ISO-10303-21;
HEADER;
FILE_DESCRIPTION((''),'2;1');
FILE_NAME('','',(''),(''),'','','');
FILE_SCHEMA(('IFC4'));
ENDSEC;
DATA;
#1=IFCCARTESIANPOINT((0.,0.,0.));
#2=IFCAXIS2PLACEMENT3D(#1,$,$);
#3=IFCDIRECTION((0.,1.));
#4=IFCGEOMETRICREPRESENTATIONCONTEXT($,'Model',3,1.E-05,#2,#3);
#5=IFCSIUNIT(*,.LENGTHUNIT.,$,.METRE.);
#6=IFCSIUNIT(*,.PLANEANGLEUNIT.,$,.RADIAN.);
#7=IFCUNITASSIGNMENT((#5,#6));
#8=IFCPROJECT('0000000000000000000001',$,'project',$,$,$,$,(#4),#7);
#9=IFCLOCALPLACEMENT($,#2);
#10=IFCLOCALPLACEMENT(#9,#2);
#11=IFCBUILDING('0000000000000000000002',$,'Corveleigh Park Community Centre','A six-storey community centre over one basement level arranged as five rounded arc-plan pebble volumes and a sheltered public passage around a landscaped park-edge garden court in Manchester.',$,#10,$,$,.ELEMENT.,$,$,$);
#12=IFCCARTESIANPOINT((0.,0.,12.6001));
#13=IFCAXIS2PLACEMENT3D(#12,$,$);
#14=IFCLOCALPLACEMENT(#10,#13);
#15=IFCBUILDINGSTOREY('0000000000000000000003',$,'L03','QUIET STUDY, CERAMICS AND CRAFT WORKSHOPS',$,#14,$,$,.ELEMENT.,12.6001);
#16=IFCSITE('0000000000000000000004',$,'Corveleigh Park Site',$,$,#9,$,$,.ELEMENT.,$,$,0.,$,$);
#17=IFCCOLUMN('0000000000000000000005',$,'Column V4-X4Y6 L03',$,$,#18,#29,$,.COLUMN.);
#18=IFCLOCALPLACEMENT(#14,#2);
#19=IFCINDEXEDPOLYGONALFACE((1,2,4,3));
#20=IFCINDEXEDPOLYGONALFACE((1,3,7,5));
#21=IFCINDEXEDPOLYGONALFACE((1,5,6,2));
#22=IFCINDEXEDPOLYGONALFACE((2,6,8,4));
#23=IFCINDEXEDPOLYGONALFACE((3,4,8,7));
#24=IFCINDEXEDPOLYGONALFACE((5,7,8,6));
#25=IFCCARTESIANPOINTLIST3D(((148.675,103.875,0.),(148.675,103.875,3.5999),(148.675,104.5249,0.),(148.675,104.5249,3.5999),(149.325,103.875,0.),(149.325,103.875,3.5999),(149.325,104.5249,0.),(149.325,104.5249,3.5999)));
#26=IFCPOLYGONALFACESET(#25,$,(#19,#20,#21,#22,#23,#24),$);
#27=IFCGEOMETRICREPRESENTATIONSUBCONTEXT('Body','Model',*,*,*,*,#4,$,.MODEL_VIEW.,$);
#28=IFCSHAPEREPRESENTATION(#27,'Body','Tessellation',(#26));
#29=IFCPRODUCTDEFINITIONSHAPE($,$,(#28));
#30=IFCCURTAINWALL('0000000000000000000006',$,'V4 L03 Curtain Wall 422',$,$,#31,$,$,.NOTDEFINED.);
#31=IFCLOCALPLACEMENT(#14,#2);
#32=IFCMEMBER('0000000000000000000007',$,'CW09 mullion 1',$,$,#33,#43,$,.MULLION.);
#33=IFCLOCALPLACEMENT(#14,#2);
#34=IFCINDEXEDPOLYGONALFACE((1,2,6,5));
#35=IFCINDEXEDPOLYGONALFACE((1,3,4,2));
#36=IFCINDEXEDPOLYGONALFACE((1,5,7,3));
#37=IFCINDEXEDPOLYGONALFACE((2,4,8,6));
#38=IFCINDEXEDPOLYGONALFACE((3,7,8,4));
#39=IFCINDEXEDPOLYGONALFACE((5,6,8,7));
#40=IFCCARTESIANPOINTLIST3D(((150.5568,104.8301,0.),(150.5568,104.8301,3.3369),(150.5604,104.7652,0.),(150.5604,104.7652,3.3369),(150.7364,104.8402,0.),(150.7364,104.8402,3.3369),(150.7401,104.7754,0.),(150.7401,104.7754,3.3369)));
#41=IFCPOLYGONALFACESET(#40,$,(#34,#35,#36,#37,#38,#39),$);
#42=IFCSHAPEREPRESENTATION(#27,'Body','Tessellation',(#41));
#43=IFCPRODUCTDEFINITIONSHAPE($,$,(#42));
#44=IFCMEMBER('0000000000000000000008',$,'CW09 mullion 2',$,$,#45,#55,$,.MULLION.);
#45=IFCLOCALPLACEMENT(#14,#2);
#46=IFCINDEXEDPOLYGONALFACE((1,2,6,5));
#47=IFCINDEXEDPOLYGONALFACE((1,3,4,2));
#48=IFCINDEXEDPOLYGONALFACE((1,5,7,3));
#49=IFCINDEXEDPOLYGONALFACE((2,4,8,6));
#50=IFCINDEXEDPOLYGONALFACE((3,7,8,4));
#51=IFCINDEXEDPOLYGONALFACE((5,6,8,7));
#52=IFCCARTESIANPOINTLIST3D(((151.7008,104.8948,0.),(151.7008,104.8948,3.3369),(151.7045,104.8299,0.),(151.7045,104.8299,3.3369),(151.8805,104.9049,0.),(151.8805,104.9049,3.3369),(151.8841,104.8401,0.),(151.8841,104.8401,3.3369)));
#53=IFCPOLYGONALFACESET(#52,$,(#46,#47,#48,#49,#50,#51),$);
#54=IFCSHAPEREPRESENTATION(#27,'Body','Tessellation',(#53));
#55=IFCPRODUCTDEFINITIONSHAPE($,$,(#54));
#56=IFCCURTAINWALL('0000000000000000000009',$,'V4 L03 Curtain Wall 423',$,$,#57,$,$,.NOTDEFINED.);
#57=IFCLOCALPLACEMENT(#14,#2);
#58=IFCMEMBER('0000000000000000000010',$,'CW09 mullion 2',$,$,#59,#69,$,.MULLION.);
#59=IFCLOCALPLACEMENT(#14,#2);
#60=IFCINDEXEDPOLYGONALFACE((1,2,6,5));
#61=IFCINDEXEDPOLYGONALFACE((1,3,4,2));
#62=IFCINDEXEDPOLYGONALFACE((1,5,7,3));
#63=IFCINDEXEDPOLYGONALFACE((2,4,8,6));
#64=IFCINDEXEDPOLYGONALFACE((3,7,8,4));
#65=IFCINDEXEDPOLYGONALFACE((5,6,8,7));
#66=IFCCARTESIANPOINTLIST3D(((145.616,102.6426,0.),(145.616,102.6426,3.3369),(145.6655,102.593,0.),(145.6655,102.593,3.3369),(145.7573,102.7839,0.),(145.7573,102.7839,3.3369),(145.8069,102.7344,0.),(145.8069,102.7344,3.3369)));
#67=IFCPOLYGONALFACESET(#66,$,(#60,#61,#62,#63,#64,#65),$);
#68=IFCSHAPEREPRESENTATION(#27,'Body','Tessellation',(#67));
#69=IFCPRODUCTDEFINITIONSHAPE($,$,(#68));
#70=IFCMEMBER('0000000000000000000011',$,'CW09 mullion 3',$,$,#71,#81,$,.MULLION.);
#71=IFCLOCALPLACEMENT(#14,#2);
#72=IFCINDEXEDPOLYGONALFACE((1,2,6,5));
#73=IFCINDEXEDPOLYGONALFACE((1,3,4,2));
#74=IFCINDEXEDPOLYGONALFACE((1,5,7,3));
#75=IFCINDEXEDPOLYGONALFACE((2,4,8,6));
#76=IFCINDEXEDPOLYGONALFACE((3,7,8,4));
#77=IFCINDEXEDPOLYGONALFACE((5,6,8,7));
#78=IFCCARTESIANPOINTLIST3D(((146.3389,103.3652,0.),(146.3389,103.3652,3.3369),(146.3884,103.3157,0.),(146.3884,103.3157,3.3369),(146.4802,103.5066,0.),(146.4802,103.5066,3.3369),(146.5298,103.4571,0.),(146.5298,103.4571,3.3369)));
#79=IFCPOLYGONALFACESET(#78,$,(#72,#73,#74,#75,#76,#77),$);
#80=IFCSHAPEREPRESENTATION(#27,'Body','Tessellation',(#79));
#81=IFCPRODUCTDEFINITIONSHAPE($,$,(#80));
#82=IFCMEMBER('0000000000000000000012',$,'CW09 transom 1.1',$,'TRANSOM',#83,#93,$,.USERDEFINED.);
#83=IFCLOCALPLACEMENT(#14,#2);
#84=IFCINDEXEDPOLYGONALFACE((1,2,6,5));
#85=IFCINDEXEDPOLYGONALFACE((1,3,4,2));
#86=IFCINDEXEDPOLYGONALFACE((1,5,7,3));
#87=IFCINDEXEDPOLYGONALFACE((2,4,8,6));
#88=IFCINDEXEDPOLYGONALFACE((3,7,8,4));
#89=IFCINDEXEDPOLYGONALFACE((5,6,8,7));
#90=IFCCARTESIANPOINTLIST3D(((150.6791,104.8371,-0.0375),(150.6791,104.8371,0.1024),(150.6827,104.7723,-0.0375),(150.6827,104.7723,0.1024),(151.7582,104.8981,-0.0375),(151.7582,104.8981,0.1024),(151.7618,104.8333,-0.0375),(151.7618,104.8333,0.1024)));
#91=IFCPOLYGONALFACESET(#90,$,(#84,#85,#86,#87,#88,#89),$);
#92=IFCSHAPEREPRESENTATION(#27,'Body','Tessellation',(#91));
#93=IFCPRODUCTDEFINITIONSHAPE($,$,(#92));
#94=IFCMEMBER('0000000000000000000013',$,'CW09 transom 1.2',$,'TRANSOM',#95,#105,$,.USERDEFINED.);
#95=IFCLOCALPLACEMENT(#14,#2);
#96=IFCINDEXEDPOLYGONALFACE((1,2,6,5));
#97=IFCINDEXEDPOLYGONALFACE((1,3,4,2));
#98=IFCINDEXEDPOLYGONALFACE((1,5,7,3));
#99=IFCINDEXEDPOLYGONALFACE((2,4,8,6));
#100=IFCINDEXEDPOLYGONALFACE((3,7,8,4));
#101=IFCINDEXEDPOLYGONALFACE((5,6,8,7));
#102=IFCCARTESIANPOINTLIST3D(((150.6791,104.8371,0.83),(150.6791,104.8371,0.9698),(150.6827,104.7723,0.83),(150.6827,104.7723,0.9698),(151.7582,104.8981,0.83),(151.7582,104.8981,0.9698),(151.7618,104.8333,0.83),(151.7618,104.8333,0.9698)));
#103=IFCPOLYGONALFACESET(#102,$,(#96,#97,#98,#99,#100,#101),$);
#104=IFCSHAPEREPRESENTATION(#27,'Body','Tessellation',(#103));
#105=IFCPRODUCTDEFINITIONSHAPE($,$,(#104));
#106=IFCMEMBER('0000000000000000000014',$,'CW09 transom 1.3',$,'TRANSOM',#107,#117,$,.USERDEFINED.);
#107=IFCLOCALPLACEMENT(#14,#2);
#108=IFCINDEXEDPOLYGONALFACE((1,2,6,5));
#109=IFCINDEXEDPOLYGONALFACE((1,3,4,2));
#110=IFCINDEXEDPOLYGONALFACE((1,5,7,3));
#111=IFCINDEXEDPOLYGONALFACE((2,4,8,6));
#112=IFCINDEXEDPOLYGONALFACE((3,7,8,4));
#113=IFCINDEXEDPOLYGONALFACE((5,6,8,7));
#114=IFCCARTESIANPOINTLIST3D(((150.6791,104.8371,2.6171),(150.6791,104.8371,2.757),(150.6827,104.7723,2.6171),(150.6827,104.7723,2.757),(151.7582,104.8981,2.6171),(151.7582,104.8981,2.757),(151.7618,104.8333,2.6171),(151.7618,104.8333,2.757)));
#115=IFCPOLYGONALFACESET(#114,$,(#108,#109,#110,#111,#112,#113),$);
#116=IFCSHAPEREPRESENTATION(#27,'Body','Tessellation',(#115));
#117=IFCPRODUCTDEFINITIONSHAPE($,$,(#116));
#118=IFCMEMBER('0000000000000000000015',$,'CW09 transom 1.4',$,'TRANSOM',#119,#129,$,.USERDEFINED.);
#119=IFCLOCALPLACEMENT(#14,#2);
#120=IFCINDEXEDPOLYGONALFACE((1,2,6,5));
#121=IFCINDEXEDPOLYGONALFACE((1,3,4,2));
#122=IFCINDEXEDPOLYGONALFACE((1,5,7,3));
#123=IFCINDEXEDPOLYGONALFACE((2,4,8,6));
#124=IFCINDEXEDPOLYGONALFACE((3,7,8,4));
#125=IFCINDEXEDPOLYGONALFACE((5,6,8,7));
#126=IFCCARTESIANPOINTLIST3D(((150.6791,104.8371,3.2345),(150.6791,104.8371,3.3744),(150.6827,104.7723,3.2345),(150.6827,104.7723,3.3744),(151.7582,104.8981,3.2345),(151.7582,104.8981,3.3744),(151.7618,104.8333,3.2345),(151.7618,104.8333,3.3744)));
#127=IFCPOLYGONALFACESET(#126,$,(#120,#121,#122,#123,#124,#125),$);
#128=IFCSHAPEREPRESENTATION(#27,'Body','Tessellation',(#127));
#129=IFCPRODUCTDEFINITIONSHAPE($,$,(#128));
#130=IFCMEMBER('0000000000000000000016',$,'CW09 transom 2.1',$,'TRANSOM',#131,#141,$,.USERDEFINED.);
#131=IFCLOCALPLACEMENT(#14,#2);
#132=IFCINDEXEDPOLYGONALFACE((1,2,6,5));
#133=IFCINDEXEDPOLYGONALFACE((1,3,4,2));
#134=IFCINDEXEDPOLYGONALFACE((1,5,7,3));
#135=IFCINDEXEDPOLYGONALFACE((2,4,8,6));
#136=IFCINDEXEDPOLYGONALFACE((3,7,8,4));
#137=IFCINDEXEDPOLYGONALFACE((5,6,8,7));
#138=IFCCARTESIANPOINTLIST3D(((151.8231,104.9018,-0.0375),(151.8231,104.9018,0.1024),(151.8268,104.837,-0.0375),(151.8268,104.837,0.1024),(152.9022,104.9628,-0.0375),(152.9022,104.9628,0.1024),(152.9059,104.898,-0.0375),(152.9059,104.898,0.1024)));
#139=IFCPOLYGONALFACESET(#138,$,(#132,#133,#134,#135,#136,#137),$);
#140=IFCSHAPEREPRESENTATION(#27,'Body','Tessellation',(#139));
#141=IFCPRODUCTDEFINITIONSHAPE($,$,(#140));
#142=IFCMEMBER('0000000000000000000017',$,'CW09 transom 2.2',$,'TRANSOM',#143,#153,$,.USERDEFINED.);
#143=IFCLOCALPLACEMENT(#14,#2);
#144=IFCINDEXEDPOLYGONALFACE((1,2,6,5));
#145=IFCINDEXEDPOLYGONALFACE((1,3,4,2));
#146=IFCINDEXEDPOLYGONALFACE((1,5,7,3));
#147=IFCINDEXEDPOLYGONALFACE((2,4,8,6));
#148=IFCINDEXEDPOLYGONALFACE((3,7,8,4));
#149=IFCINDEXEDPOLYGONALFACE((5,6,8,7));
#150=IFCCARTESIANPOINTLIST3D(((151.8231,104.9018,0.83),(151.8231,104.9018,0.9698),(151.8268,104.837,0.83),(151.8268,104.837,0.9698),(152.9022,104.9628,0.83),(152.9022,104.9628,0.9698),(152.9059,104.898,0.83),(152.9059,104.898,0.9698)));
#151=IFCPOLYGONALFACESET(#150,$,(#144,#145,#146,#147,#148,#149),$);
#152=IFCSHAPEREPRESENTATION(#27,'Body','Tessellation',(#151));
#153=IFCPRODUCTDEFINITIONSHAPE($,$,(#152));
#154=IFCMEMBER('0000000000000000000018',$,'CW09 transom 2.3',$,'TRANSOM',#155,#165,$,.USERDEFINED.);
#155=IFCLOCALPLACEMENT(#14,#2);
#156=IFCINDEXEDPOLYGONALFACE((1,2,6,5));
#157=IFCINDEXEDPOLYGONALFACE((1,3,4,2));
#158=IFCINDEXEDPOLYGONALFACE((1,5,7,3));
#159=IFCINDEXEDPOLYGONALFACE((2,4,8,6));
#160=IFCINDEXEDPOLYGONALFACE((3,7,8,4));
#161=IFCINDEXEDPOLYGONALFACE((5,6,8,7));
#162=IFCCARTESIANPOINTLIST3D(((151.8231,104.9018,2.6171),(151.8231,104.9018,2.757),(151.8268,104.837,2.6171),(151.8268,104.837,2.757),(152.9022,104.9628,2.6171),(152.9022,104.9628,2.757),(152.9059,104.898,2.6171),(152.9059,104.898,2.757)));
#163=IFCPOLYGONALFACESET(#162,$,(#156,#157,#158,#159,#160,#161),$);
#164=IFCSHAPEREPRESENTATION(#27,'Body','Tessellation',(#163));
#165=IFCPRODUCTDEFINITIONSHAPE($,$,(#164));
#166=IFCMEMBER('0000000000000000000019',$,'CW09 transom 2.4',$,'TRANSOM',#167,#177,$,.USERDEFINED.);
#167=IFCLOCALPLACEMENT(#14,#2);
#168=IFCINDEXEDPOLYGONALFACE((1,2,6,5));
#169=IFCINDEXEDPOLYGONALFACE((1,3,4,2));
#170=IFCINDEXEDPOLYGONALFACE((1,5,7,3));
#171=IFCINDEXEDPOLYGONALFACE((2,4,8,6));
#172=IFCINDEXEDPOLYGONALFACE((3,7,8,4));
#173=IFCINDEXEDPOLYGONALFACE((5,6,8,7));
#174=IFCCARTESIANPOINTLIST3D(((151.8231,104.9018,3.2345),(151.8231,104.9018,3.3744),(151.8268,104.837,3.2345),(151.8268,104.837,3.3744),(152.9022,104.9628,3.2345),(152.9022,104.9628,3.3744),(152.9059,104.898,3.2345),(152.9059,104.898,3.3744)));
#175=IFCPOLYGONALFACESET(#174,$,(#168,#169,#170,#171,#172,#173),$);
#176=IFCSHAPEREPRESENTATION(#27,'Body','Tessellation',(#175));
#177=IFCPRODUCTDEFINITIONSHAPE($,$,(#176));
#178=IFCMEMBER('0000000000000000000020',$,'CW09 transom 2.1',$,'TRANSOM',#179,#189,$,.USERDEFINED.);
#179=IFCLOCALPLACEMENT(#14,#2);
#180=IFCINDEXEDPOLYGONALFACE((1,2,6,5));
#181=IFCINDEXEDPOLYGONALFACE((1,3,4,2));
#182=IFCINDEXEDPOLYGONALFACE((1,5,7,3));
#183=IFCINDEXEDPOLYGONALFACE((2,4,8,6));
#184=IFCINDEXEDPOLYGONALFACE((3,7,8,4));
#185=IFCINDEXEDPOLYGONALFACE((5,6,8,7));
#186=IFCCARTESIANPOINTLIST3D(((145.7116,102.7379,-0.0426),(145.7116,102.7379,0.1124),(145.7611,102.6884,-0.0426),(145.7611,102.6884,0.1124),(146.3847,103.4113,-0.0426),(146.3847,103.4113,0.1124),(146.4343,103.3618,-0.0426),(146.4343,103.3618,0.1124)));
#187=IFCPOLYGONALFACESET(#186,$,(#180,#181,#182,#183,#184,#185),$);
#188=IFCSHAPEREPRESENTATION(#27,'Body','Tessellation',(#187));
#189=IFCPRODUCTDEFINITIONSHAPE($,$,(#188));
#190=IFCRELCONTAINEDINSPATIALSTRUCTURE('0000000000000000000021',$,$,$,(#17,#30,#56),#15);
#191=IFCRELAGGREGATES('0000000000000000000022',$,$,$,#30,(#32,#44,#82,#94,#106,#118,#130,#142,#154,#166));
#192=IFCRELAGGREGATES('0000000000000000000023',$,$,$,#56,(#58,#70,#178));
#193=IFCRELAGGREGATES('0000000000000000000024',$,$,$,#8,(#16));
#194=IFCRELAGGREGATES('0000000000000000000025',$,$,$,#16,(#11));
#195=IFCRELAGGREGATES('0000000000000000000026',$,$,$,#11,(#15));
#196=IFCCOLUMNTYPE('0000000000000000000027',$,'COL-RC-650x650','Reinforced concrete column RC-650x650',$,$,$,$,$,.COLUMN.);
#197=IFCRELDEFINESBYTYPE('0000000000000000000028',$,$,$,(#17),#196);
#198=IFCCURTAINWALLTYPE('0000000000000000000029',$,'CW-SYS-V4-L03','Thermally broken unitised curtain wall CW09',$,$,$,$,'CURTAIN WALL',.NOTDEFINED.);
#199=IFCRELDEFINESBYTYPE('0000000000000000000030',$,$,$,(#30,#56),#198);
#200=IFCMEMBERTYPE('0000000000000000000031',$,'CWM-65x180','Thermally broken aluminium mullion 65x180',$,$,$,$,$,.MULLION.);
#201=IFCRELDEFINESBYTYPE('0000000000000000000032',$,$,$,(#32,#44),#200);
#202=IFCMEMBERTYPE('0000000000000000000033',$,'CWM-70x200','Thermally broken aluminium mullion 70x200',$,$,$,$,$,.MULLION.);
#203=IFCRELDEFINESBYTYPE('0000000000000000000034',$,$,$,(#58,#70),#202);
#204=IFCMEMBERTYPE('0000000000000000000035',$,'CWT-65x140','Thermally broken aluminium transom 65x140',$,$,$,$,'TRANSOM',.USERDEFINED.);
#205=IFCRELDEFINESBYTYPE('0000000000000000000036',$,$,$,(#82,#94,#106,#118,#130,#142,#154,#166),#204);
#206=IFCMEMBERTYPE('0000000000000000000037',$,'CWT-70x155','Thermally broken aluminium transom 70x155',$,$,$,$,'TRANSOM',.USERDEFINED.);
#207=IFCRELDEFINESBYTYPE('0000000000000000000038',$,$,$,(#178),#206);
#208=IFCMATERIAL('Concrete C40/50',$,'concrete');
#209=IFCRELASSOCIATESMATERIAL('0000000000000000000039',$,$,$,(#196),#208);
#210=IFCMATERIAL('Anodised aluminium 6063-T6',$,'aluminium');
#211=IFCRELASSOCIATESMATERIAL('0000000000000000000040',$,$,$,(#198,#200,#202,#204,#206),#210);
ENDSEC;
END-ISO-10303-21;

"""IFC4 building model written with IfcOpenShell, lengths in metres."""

from ifc_helpers import new_model, si_unit, direction, frame, origin, origin_2d, place, context, subcontext, project, spatial, rectangle, extrude, material, material_profile, profile_set, type_object, element, aggregate, save


model = new_model("IFC4")

# Units and contexts
model_context = context("Model", 3, precision=1e-05, world=origin(), true_north=direction((0.0, 1.0)))
body_context = subcontext(model_context, "Body", "Model", "MODEL_VIEW")
ifc_project = project(units=[si_unit("LENGTHUNIT", "METRE"), si_unit("PLANEANGLEUNIT", "RADIAN")], contexts=[model_context])

# Site, building, storey
site_placement = place(None, origin())
site = spatial("IfcSite", under=ifc_project, at=site_placement, Name="Corveleigh Park Site", CompositionType="ELEMENT", RefElevation=0.0)
building_placement = place(site_placement, origin())
building = spatial("IfcBuilding", under=site, at=building_placement, Name="Corveleigh Park Community Centre", Description="A six-storey community centre over one basement level arranged as five rounded arc-plan pebble volumes and a sheltered public passage around a landscaped park-edge garden court in Manchester.", CompositionType="ELEMENT")
storey_placement = place(building_placement, frame((0.0, 0.0, 12.6001)))
storey = spatial("IfcBuildingStorey", under=building, at=storey_placement, Name="L03", Description="QUIET STUDY, CERAMICS AND CRAFT WORKSHOPS", CompositionType="ELEMENT", Elevation=12.6001)

# Column
ifc_material_1 = material(Name="Concrete C40/50", Category="concrete")
ifc_material_profile_1 = material_profile(ifc_material_1, rectangle(XDim=0.6499, YDim=0.6499, at=origin_2d()), Name="RC-650x650", Category="concrete")
ifc_profile_set_1 = profile_set([ifc_material_profile_1], Name="Concrete C40/50")
column_type = type_object("IfcColumnType", Name="COL-RC-650x650", Description="Reinforced concrete column RC-650x650", PredefinedType="COLUMN", material=ifc_profile_set_1)
column_placement = place(storey_placement, frame((149.0, 104.2, 0.0), z_axis=(0.0, 0.0, 1.0), x_axis=(1.0, 0.0, 0.0)))
element("IfcColumn", 1, at=column_placement, inside=storey, type_object=column_type, Name="Column V4-X4Y6 L03", PredefinedType="COLUMN", context=body_context, shape_type="SweptSolid", body=[
    extrude(rectangle(XDim=0.6499, YDim=0.6499, at=origin_2d()), origin(), (0.0, 0.0, 1.0), 3.5999),
])

# Curtain walls, members
ifc_material_2 = material(Name="Anodised aluminium 6063-T6", Category="aluminium")
curtain_wall_type = type_object("IfcCurtainWallType", Name="CW-SYS-V4-L03", Description="Thermally broken unitised curtain wall CW09", ElementType="CURTAIN WALL", PredefinedType="NOTDEFINED", material=ifc_material_2)
curtain_wall_1_placement = place(storey_placement, origin())
curtain_wall_1 = element("IfcCurtainWall", 2, at=curtain_wall_1_placement, inside=storey, type_object=curtain_wall_type, Name="V4 L03 Curtain Wall 422", PredefinedType="NOTDEFINED")
ifc_material_profile_2 = material_profile(ifc_material_2, rectangle(XDim=0.0649, YDim=0.1799, at=origin_2d()), Name="ALU-M65x180", Category="aluminium")
ifc_profile_set_2 = profile_set([ifc_material_profile_2], Name="Anodised aluminium 6063-T6")
member_type_1 = type_object("IfcMemberType", Name="CWM-65x180", Description="Thermally broken aluminium mullion 65x180", PredefinedType="MULLION", material=ifc_profile_set_2)
member_1_placement = place(storey_placement, frame((150.6484, 104.8027, 0.0), z_axis=(0.0, 0.0, 1.0), x_axis=(-0.056434, 0.998406, 0.0)))
member_1 = element("IfcMember", 3, at=member_1_placement, type_object=member_type_1, Name="CW09 mullion 1", PredefinedType="MULLION", context=body_context, shape_type="SweptSolid", body=[
    extrude(rectangle(XDim=0.0649, YDim=0.1799, at=origin_2d()), origin(), (0.0, 0.0, 1.0), 3.3369),
])
member_2_placement = place(storey_placement, frame((151.7925, 104.8674, 0.0), z_axis=(0.0, 0.0, 1.0), x_axis=(-0.056434, 0.998406, 0.0)))
member_2 = element("IfcMember", 4, at=member_2_placement, type_object=member_type_1, Name="CW09 mullion 2", PredefinedType="MULLION", context=body_context, shape_type="SweptSolid", body=[
    extrude(rectangle(XDim=0.0649, YDim=0.1799, at=origin_2d()), origin(), (0.0, 0.0, 1.0), 3.3369),
])
curtain_wall_2_placement = place(storey_placement, origin())
curtain_wall_2 = element("IfcCurtainWall", 5, at=curtain_wall_2_placement, inside=storey, type_object=curtain_wall_type, Name="V4 L03 Curtain Wall 423", PredefinedType="NOTDEFINED")
ifc_material_profile_3 = material_profile(ifc_material_2, rectangle(XDim=0.0701, YDim=0.2, at=origin_2d()), Name="ALU-M70x200", Category="aluminium")
ifc_profile_set_3 = profile_set([ifc_material_profile_3], Name="Anodised aluminium 6063-T6")
member_type_2 = type_object("IfcMemberType", Name="CWM-70x200", Description="Thermally broken aluminium mullion 70x200", PredefinedType="MULLION", material=ifc_profile_set_3)
member_3_placement = place(storey_placement, frame((145.7114, 102.6885, 0.0), z_axis=(0.0, 0.0, 1.0), x_axis=(-0.707107, 0.707107, 0.0)))
member_3 = element("IfcMember", 6, at=member_3_placement, type_object=member_type_2, Name="CW09 mullion 2", PredefinedType="MULLION", context=body_context, shape_type="SweptSolid", body=[
    extrude(rectangle(XDim=0.0701, YDim=0.2, at=origin_2d()), origin(), (0.0, 0.0, 1.0), 3.3369),
])
member_4_placement = place(storey_placement, frame((146.4343, 103.4111, 0.0), z_axis=(0.0, 0.0, 1.0), x_axis=(-0.707107, 0.707107, 0.0)))
member_4 = element("IfcMember", 7, at=member_4_placement, type_object=member_type_2, Name="CW09 mullion 3", PredefinedType="MULLION", context=body_context, shape_type="SweptSolid", body=[
    extrude(rectangle(XDim=0.0701, YDim=0.2, at=origin_2d()), origin(), (0.0, 0.0, 1.0), 3.3369),
])

# Members
ifc_material_profile_4 = material_profile(ifc_material_2, rectangle(XDim=0.0649, YDim=0.1399, at=origin_2d()), Name="ALU-T65x140", Category="aluminium")
ifc_profile_set_4 = profile_set([ifc_material_profile_4], Name="Anodised aluminium 6063-T6")
member_type_3 = type_object("IfcMemberType", Name="CWT-65x140", Description="Thermally broken aluminium transom 65x140", ElementType="TRANSOM", PredefinedType="USERDEFINED", material=ifc_profile_set_4)
member_5_placement = place(storey_placement, frame((150.6809, 104.8047, 0.0325), z_axis=(0.998404, 0.056471, 0.0), x_axis=(-0.056471, 0.998404, 0.0)))
member_5 = element("IfcMember", 8, at=member_5_placement, type_object=member_type_3, Name="CW09 transom 1.1", ObjectType="TRANSOM", PredefinedType="USERDEFINED", context=body_context, shape_type="SweptSolid", body=[
    extrude(rectangle(XDim=0.0649, YDim=0.1399, at=origin_2d()), origin(), (0.0, 0.0, 1.0), 1.0808),
])
member_6_placement = place(storey_placement, frame((150.6809, 104.8047, 0.8999), z_axis=(0.998404, 0.056471, 0.0), x_axis=(-0.056471, 0.998404, 0.0)))
member_6 = element("IfcMember", 9, at=member_6_placement, type_object=member_type_3, Name="CW09 transom 1.2", ObjectType="TRANSOM", PredefinedType="USERDEFINED", context=body_context, shape_type="SweptSolid", body=[
    extrude(rectangle(XDim=0.0649, YDim=0.1399, at=origin_2d()), origin(), (0.0, 0.0, 1.0), 1.0808),
])
member_7_placement = place(storey_placement, frame((150.6809, 104.8047, 2.687), z_axis=(0.998404, 0.056471, 0.0), x_axis=(-0.056471, 0.998404, 0.0)))
member_7 = element("IfcMember", 10, at=member_7_placement, type_object=member_type_3, Name="CW09 transom 1.3", ObjectType="TRANSOM", PredefinedType="USERDEFINED", context=body_context, shape_type="SweptSolid", body=[
    extrude(rectangle(XDim=0.0649, YDim=0.1399, at=origin_2d()), origin(), (0.0, 0.0, 1.0), 1.0808),
])
member_8_placement = place(storey_placement, frame((150.6809, 104.8047, 3.3044), z_axis=(0.998404, 0.056471, 0.0), x_axis=(-0.056471, 0.998404, 0.0)))
member_8 = element("IfcMember", 11, at=member_8_placement, type_object=member_type_3, Name="CW09 transom 1.4", ObjectType="TRANSOM", PredefinedType="USERDEFINED", context=body_context, shape_type="SweptSolid", body=[
    extrude(rectangle(XDim=0.0649, YDim=0.1399, at=origin_2d()), origin(), (0.0, 0.0, 1.0), 1.0808),
])
member_9_placement = place(storey_placement, frame((151.825, 104.8694, 0.0325), z_axis=(0.998404, 0.056471, 0.0), x_axis=(-0.056471, 0.998404, 0.0)))
member_9 = element("IfcMember", 12, at=member_9_placement, type_object=member_type_3, Name="CW09 transom 2.1", ObjectType="TRANSOM", PredefinedType="USERDEFINED", context=body_context, shape_type="SweptSolid", body=[
    extrude(rectangle(XDim=0.0649, YDim=0.1399, at=origin_2d()), origin(), (0.0, 0.0, 1.0), 1.0808),
])
member_10_placement = place(storey_placement, frame((151.825, 104.8694, 0.8999), z_axis=(0.998404, 0.056471, 0.0), x_axis=(-0.056471, 0.998404, 0.0)))
member_10 = element("IfcMember", 13, at=member_10_placement, type_object=member_type_3, Name="CW09 transom 2.2", ObjectType="TRANSOM", PredefinedType="USERDEFINED", context=body_context, shape_type="SweptSolid", body=[
    extrude(rectangle(XDim=0.0649, YDim=0.1399, at=origin_2d()), origin(), (0.0, 0.0, 1.0), 1.0808),
])
member_11_placement = place(storey_placement, frame((151.825, 104.8694, 2.687), z_axis=(0.998404, 0.056471, 0.0), x_axis=(-0.056471, 0.998404, 0.0)))
member_11 = element("IfcMember", 14, at=member_11_placement, type_object=member_type_3, Name="CW09 transom 2.3", ObjectType="TRANSOM", PredefinedType="USERDEFINED", context=body_context, shape_type="SweptSolid", body=[
    extrude(rectangle(XDim=0.0649, YDim=0.1399, at=origin_2d()), origin(), (0.0, 0.0, 1.0), 1.0808),
])
member_12_placement = place(storey_placement, frame((151.825, 104.8694, 3.3044), z_axis=(0.998404, 0.056471, 0.0), x_axis=(-0.056471, 0.998404, 0.0)))
member_12 = element("IfcMember", 15, at=member_12_placement, type_object=member_type_3, Name="CW09 transom 2.4", ObjectType="TRANSOM", PredefinedType="USERDEFINED", context=body_context, shape_type="SweptSolid", body=[
    extrude(rectangle(XDim=0.0649, YDim=0.1399, at=origin_2d()), origin(), (0.0, 0.0, 1.0), 1.0808),
])
ifc_material_profile_5 = material_profile(ifc_material_2, rectangle(XDim=0.0701, YDim=0.155, at=origin_2d()), Name="ALU-T70x155", Category="aluminium")
ifc_profile_set_5 = profile_set([ifc_material_profile_5], Name="Anodised aluminium 6063-T6")
member_type_4 = type_object("IfcMemberType", Name="CWT-70x155", Description="Thermally broken aluminium transom 70x155", ElementType="TRANSOM", PredefinedType="USERDEFINED", material=ifc_profile_set_5)
member_13_placement = place(storey_placement, frame((145.7363, 102.7131, 0.0349), z_axis=(0.706979, 0.707235, 0.0), x_axis=(-0.707235, 0.706979, 0.0)))
member_13 = element("IfcMember", 16, at=member_13_placement, type_object=member_type_4, Name="CW09 transom 2.1", ObjectType="TRANSOM", PredefinedType="USERDEFINED", context=body_context, shape_type="SweptSolid", body=[
    extrude(rectangle(XDim=0.0701, YDim=0.155, at=origin_2d()), origin(), (0.0, 0.0, 1.0), 0.9521),
])

aggregate(curtain_wall_1, [member_1, member_2, member_5, member_6, member_7, member_8, member_9, member_10, member_11, member_12])
aggregate(curtain_wall_2, [member_3, member_4, member_13])

save(model, "model.ifc")
